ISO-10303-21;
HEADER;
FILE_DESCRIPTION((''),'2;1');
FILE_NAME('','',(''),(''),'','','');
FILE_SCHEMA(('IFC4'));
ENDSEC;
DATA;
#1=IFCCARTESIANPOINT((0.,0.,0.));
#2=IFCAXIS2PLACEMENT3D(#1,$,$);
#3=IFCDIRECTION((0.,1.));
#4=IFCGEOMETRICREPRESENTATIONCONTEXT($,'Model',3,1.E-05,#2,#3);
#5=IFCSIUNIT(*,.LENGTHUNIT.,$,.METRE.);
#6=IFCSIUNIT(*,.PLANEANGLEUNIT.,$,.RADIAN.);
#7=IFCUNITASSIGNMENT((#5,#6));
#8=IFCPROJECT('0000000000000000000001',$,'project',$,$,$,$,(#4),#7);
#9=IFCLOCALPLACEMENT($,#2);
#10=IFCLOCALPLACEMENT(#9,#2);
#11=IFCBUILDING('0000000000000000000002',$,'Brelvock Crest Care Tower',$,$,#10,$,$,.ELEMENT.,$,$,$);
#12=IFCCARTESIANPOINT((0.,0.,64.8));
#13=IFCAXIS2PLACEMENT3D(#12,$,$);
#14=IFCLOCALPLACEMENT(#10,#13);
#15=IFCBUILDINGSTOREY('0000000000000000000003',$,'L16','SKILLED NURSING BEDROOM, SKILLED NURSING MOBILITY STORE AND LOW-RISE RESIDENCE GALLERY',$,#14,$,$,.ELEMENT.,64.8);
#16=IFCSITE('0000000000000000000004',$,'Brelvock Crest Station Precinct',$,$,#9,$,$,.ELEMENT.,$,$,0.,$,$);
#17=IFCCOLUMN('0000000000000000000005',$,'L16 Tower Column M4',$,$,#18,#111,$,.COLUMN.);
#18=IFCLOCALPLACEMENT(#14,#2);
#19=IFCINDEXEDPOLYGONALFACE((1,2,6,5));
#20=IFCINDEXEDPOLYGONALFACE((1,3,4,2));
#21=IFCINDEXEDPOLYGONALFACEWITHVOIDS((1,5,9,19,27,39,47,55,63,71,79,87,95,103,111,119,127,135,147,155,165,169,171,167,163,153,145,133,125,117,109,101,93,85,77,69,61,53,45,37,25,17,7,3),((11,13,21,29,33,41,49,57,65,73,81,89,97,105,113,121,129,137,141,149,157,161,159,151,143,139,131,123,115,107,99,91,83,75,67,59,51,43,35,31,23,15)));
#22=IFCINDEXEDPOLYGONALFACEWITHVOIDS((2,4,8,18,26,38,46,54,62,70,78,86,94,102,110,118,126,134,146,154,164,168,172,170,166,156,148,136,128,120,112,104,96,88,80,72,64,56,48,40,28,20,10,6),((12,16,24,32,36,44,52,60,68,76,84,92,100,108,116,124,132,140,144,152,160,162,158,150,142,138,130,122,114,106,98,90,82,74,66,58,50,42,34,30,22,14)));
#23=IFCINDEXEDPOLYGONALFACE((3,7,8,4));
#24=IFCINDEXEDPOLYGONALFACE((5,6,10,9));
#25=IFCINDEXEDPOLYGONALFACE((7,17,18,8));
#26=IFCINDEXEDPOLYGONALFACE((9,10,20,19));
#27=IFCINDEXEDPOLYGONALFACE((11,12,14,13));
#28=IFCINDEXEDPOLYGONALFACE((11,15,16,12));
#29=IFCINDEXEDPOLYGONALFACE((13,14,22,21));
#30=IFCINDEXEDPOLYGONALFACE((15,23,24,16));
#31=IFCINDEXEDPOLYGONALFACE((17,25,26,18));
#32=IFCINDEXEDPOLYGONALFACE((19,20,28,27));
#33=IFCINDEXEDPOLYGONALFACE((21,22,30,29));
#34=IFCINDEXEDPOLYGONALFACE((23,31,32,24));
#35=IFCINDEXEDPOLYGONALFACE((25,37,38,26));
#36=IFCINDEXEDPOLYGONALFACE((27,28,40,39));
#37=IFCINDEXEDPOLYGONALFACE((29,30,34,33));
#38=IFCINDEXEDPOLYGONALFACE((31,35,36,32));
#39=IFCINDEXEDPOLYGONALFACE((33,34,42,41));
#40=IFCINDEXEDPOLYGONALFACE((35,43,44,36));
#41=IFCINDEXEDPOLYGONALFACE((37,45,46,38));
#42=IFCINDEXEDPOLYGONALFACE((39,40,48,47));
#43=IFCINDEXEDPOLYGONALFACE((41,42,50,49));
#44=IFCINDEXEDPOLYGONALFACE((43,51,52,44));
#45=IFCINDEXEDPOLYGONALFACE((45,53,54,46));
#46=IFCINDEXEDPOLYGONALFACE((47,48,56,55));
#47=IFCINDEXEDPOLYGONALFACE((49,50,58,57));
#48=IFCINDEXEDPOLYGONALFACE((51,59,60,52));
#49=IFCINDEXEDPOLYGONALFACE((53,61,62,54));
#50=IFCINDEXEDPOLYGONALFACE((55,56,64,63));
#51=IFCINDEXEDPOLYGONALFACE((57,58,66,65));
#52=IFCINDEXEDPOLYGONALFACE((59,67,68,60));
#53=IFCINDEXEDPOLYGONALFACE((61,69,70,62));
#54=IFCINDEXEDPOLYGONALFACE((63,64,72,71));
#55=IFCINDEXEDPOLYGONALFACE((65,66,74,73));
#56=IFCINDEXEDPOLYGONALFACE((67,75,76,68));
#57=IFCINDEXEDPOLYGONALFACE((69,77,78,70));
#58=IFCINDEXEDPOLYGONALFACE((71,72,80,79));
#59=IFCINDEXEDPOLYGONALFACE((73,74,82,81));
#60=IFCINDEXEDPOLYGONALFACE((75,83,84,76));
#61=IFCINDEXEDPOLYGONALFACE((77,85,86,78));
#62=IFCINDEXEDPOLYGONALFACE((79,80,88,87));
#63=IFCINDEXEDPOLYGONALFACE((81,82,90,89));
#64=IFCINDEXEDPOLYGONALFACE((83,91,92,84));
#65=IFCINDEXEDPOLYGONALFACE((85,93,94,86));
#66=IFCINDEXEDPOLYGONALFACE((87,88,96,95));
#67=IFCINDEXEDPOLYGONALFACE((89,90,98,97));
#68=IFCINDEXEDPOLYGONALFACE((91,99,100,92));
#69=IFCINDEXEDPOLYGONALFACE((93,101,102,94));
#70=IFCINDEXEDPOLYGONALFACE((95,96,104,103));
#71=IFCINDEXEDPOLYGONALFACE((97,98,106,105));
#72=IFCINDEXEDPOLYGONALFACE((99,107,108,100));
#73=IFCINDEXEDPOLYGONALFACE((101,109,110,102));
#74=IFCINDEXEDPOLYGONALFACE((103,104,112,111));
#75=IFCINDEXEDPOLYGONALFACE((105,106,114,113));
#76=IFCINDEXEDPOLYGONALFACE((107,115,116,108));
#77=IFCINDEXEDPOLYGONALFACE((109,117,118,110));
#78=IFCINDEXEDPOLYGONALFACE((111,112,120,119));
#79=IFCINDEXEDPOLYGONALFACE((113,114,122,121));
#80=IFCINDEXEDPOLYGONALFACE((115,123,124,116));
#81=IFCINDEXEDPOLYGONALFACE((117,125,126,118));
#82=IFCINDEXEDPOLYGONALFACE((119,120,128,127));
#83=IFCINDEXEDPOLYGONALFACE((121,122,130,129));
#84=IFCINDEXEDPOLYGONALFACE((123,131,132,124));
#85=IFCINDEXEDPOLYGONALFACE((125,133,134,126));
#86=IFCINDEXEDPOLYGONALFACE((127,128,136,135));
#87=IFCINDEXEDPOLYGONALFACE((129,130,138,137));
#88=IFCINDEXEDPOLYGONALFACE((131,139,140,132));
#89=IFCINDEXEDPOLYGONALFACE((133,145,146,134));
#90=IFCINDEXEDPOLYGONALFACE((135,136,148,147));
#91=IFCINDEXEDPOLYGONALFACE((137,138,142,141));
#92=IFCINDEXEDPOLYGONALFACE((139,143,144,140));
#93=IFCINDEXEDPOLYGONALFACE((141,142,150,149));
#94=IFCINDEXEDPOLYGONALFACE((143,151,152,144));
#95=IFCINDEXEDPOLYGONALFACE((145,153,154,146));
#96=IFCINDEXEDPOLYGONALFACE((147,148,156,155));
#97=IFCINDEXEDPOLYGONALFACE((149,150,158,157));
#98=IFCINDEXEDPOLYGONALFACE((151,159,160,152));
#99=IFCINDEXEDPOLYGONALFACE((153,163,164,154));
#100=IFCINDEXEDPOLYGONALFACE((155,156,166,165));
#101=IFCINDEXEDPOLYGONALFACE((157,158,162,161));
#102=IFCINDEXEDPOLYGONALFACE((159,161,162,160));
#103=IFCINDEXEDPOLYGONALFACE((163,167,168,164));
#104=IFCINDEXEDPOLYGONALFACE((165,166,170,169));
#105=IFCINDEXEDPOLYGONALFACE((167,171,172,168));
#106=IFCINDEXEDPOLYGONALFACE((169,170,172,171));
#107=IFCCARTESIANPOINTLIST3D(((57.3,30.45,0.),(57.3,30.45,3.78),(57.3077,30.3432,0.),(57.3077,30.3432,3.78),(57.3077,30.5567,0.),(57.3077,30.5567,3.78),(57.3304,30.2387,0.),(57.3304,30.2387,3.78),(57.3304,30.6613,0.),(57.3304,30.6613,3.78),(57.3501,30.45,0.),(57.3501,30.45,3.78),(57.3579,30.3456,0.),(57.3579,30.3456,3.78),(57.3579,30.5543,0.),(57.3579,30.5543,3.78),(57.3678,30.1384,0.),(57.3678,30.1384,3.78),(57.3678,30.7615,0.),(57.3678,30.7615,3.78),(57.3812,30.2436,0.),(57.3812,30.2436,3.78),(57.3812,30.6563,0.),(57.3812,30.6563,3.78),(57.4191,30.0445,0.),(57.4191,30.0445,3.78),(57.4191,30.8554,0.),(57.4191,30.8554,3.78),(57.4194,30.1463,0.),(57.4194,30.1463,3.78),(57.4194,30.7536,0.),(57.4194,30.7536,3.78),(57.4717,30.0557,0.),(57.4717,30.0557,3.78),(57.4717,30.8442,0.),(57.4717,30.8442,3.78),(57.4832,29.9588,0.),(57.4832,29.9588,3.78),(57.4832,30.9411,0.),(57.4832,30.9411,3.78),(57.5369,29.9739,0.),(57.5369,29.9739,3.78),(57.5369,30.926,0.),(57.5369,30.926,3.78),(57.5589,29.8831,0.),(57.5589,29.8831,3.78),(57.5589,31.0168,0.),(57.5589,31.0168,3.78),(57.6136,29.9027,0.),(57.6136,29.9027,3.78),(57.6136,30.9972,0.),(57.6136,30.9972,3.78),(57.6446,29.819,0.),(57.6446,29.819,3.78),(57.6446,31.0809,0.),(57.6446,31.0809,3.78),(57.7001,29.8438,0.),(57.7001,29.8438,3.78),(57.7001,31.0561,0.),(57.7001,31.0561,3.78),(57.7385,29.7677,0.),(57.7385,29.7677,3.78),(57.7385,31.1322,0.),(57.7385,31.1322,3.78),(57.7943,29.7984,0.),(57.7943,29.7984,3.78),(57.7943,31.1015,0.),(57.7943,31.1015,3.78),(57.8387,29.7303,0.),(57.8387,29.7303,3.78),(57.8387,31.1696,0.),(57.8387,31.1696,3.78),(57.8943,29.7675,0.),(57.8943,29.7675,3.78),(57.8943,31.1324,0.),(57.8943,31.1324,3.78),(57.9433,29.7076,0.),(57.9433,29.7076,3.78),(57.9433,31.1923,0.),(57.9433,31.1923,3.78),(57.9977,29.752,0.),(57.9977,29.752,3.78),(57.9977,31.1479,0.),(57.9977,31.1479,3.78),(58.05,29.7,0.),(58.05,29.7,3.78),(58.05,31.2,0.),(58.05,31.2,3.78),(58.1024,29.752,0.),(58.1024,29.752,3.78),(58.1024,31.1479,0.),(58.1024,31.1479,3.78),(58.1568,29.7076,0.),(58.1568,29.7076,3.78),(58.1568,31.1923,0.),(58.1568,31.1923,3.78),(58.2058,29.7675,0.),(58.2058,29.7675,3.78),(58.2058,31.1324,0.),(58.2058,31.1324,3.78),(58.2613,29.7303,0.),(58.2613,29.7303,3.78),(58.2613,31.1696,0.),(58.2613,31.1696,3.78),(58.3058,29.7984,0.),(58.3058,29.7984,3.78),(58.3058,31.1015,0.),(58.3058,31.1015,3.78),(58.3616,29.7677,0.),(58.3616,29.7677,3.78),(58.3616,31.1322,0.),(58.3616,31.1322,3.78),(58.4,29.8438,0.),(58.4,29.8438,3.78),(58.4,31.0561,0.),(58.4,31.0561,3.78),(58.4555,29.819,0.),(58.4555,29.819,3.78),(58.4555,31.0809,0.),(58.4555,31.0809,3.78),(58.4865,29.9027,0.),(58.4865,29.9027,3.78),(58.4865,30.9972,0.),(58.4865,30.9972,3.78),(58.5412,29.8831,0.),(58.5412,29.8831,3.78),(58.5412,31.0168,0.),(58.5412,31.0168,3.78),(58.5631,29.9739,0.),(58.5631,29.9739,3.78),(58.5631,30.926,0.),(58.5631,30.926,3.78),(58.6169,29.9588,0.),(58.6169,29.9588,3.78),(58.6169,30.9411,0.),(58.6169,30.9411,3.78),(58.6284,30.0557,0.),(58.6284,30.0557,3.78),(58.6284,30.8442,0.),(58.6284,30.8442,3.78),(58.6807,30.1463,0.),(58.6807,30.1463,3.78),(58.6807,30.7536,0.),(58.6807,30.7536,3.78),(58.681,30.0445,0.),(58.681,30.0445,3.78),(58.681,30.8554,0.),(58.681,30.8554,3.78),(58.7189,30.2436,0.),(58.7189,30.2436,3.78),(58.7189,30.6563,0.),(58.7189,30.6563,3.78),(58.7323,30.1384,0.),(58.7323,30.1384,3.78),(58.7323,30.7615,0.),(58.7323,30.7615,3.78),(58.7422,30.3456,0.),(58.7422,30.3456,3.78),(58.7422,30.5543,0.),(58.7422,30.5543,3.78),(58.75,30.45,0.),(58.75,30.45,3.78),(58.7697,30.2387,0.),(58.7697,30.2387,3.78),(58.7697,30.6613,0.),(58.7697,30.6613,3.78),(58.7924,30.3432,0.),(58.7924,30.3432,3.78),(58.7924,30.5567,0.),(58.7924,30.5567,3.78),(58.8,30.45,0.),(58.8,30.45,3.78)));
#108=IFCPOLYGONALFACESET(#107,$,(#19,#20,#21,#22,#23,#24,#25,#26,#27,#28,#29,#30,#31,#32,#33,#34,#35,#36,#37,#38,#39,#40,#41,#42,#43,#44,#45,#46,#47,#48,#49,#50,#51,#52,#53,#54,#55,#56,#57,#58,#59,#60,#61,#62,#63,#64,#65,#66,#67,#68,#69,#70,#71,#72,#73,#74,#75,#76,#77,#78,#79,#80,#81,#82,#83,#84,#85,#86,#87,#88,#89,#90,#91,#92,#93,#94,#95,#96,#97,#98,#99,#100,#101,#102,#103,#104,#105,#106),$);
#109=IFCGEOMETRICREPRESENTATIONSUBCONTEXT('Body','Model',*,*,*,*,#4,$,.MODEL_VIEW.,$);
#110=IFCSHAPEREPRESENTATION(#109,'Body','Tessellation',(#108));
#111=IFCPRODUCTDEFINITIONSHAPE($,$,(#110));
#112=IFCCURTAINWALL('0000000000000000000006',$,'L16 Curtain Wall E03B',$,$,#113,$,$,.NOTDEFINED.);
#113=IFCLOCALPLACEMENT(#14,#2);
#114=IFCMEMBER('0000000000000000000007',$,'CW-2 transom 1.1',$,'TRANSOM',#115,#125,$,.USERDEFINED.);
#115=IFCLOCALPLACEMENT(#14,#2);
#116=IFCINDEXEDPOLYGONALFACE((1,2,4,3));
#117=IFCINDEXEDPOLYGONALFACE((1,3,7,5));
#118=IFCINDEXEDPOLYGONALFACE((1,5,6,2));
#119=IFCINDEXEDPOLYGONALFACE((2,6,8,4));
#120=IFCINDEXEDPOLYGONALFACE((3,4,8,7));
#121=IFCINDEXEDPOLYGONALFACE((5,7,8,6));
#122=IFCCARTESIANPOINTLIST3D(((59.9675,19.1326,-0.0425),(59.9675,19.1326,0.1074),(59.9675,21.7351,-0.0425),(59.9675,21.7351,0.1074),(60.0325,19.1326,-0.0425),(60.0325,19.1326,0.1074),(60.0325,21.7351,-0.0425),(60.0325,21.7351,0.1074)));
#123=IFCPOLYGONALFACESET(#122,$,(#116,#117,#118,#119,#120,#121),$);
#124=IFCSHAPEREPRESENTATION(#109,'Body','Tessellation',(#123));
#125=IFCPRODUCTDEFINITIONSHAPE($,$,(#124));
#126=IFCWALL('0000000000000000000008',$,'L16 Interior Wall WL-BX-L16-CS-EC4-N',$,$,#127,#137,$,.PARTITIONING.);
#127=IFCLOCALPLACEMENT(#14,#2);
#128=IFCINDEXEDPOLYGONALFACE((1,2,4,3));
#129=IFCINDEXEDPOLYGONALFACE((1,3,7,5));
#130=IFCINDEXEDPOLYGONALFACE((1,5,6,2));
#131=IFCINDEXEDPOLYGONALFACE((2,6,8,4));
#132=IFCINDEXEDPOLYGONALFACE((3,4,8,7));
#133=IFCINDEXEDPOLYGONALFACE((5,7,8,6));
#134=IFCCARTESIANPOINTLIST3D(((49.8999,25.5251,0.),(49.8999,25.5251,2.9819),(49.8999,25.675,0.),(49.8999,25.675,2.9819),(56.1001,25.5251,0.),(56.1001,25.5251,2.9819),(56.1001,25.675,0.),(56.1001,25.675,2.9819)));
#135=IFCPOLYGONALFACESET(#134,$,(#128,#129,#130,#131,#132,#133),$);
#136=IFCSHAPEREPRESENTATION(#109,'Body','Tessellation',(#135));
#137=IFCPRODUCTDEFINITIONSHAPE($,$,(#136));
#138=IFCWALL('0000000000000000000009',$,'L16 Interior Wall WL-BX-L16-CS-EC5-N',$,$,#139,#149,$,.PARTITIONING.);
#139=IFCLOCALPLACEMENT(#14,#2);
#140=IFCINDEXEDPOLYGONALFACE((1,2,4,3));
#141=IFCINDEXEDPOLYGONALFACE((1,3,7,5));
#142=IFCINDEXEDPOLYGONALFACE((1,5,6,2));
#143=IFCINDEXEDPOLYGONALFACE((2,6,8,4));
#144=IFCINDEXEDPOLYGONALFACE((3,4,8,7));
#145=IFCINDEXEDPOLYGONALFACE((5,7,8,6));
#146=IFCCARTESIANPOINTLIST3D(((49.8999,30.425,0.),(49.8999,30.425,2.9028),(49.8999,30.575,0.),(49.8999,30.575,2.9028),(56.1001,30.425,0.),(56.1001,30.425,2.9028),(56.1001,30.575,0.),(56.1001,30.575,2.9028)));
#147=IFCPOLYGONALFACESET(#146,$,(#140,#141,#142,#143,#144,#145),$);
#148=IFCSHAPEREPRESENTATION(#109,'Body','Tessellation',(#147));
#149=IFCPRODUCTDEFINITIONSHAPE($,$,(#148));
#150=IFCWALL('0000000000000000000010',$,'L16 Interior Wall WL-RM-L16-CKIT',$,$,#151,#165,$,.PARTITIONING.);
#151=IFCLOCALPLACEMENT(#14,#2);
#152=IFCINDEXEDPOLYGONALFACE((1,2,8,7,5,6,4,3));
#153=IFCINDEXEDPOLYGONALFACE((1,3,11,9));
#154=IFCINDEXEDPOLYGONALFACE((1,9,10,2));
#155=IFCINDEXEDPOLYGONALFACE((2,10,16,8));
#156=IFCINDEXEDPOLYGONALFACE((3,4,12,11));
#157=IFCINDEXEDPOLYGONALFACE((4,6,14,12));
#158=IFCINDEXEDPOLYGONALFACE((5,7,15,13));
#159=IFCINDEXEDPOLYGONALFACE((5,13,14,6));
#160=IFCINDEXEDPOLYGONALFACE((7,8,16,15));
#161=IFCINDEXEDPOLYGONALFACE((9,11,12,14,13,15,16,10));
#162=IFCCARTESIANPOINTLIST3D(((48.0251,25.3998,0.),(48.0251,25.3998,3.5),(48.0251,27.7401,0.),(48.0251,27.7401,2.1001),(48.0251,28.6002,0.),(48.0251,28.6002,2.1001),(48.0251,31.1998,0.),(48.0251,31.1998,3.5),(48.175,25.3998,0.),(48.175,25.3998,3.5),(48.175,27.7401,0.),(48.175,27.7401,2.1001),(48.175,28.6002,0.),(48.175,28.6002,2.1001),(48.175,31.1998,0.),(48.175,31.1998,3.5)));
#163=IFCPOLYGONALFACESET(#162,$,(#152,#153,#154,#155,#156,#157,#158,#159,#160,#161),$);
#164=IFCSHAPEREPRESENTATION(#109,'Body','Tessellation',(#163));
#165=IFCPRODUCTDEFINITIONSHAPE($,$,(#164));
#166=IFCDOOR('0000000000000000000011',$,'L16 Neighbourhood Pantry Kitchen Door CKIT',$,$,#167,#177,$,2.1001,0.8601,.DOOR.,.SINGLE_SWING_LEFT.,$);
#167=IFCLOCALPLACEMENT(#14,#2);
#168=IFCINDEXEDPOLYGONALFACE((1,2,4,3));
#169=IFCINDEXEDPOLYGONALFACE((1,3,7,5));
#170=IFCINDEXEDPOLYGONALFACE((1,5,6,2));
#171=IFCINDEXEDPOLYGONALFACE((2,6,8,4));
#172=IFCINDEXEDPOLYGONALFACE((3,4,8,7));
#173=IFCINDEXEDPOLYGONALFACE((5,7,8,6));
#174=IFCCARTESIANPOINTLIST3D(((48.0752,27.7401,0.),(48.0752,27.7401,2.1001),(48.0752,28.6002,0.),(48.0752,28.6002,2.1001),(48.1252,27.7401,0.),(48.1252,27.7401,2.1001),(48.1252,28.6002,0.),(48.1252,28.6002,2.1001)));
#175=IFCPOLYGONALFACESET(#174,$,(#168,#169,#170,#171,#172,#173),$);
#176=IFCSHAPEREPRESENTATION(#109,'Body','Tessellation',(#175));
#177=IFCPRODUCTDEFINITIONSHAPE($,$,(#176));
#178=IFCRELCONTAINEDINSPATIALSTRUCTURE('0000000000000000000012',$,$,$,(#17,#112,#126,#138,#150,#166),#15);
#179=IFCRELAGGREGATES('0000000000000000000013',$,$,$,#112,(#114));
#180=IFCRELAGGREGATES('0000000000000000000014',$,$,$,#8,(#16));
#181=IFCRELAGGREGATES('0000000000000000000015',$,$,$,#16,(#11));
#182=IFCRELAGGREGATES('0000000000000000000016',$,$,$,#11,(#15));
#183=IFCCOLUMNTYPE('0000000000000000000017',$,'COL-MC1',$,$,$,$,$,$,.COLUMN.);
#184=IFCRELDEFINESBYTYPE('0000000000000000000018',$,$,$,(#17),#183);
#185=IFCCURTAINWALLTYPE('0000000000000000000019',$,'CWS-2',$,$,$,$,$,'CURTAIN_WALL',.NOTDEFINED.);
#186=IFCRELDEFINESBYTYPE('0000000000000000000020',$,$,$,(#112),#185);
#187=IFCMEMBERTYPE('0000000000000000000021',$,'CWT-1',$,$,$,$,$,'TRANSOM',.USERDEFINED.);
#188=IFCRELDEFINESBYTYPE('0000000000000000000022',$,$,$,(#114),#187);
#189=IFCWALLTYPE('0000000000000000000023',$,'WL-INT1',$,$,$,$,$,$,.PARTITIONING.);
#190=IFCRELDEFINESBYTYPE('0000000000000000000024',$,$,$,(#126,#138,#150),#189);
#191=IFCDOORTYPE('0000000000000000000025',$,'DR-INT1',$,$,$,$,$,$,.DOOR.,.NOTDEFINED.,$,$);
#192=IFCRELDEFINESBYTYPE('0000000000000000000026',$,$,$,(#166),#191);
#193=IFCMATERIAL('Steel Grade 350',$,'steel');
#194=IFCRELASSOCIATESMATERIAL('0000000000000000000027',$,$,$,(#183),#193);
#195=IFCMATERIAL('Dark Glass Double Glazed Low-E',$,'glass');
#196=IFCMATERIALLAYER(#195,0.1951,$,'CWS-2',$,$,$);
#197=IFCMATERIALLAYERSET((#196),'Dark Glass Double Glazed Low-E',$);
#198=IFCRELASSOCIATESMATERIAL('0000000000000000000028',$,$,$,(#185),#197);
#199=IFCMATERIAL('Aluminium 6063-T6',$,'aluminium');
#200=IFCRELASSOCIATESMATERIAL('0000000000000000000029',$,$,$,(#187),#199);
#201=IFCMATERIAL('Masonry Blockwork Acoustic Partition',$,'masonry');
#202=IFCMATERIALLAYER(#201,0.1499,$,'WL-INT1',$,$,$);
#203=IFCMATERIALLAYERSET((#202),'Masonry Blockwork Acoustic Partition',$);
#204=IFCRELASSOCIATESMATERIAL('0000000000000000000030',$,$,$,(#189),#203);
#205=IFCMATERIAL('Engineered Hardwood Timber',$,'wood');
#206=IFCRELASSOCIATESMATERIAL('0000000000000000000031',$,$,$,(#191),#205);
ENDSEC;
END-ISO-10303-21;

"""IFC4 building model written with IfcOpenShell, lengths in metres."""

from ifc_helpers import new_model, si_unit, direction, frame, frame_2d, origin, origin_2d, place, context, subcontext, project, spatial, rectangle, hollow_circle, extrude, source, transform, mapped, material, layer, layer_set, material_profile, profile_set, type_object, element, fill, aggregate, save


model = new_model("IFC4")

# Units and contexts
model_context = context("Model", 3, precision=1e-05, world=origin(), true_north=direction((0.0, 1.0)))
body_context = subcontext(model_context, "Body", "Model", "MODEL_VIEW")
ifc_project = project(units=[si_unit("LENGTHUNIT", "METRE"), si_unit("PLANEANGLEUNIT", "RADIAN")], contexts=[model_context])

# Site, building, storey
site_placement = place(None, origin())
site = spatial("IfcSite", under=ifc_project, at=site_placement, Name="Brelvock Crest Station Precinct", CompositionType="ELEMENT", RefElevation=0.0)
building_placement = place(site_placement, origin())
building = spatial("IfcBuilding", under=site, at=building_placement, Name="Brelvock Crest Care Tower", CompositionType="ELEMENT")
storey_placement = place(building_placement, frame((0.0, 0.0, 64.8)))
storey = spatial("IfcBuildingStorey", under=building, at=storey_placement, Name="L16", Description="SKILLED NURSING BEDROOM, SKILLED NURSING MOBILITY STORE AND LOW-RISE RESIDENCE GALLERY", CompositionType="ELEMENT", Elevation=64.8)

# Column
ifc_material_1 = material(Name="Steel Grade 350", Category="steel")
ifc_material_profile_1 = material_profile(ifc_material_1, hollow_circle(Radius=0.75, WallThickness=0.05, at=origin_2d()), Name="CFT1500x50")
ifc_profile_set_1 = profile_set([ifc_material_profile_1], Name="Steel Grade 350")
column_type = type_object("IfcColumnType", Name="COL-MC1", PredefinedType="COLUMN", material=ifc_profile_set_1)
shared_shape_1 = source(origin(), body_context, "Body", "SweptSolid", [
    extrude(hollow_circle(Radius=0.75, WallThickness=0.05, at=origin_2d()), origin(), (0.0, 0.0, 1.0), 3.78),
])
column_placement = place(storey_placement, frame((58.05, 30.45, 0.0), z_axis=(0.0, 0.0, 1.0), x_axis=(1.0, 0.0, 0.0)))
element("IfcColumn", 1, at=column_placement, inside=storey, type_object=column_type, Name="L16 Tower Column M4", PredefinedType="COLUMN", context=body_context, shape_type="MappedRepresentation", body=[
    mapped(shared_shape_1, transform((0.0, 0.0, 0.0), x_axis=(1.0, 0.0, 0.0), y_axis=(0.0, 1.0, 0.0), z_axis=(0.0, 0.0, 1.0), scale=1.0)),
])

# Curtain wall, member
ifc_material_2 = material(Name="Dark Glass Double Glazed Low-E", Category="glass")
ifc_layer_1 = layer(ifc_material_2, 0.1951, Name="CWS-2")
ifc_layer_set_1 = layer_set([ifc_layer_1], Name="Dark Glass Double Glazed Low-E")
curtain_wall_type = type_object("IfcCurtainWallType", Name="CWS-2", ElementType="CURTAIN_WALL", PredefinedType="NOTDEFINED", material=ifc_layer_set_1)
curtain_wall_placement = place(storey_placement, origin())
curtain_wall = element("IfcCurtainWall", 2, at=curtain_wall_placement, inside=storey, type_object=curtain_wall_type, Name="L16 Curtain Wall E03B", PredefinedType="NOTDEFINED")
ifc_material_3 = material(Name="Aluminium 6063-T6", Category="aluminium")
ifc_material_profile_2 = material_profile(ifc_material_3, rectangle(XDim=0.0649, YDim=0.1499, at=origin_2d()), Name="ALU65x150")
ifc_profile_set_2 = profile_set([ifc_material_profile_2], Name="Aluminium 6063-T6")
member_type = type_object("IfcMemberType", Name="CWT-1", ElementType="TRANSOM", PredefinedType="USERDEFINED", material=ifc_profile_set_2)
shared_shape_2 = source(origin(), body_context, "Body", "SweptSolid", [
    extrude(rectangle(XDim=0.0649, YDim=0.1499, at=origin_2d()), origin(), (0.0, 0.0, 1.0), 2.6025),
])
member_placement = place(storey_placement, frame((60.0, 21.7351, 0.0325), z_axis=(0.0, -1.0, 0.0), x_axis=(1.0, 0.0, 0.0)))
member = element("IfcMember", 3, at=member_placement, type_object=member_type, Name="CW-2 transom 1.1", ObjectType="TRANSOM", PredefinedType="USERDEFINED", context=body_context, shape_type="MappedRepresentation", body=[
    mapped(shared_shape_2, transform((0.0, 0.0, 0.0), x_axis=(1.0, 0.0, 0.0), y_axis=(0.0, 1.0, 0.0), z_axis=(0.0, 0.0, 1.0), scale=1.0)),
])
aggregate(curtain_wall, [member])

# Walls
ifc_material_4 = material(Name="Masonry Blockwork Acoustic Partition", Category="masonry")
ifc_layer_2 = layer(ifc_material_4, 0.1499, Name="WL-INT1")
ifc_layer_set_2 = layer_set([ifc_layer_2], Name="Masonry Blockwork Acoustic Partition")
wall_type_1 = type_object("IfcWallType", Name="WL-INT1", PredefinedType="PARTITIONING", material=ifc_layer_set_2)
wall_1_placement = place(storey_placement, frame((49.8999, 25.6001, 0.0), z_axis=(0.0, 0.0, 1.0), x_axis=(1.0, 0.0, 0.0)))
element("IfcWall", 4, at=wall_1_placement, inside=storey, type_object=wall_type_1, Name="L16 Interior Wall WL-BX-L16-CS-EC4-N", PredefinedType="PARTITIONING", context=body_context, shape_type="SweptSolid", body=[
    extrude(rectangle(XDim=6.2002, YDim=0.1499, at=frame_2d((3.1001, 0.0))), origin(), (0.0, 0.0, 1.0), 2.9819),
])
wall_2_placement = place(storey_placement, frame((49.8999, 30.5, 0.0), z_axis=(0.0, 0.0, 1.0), x_axis=(1.0, 0.0, 0.0)))
element("IfcWall", 5, at=wall_2_placement, inside=storey, type_object=wall_type_1, Name="L16 Interior Wall WL-BX-L16-CS-EC5-N", PredefinedType="PARTITIONING", context=body_context, shape_type="SweptSolid", body=[
    extrude(rectangle(XDim=6.2002, YDim=0.1499, at=frame_2d((3.1001, 0.0))), origin(), (0.0, 0.0, 1.0), 2.9028),
])

# Wall, opening, door
wall_3_placement = place(storey_placement, frame((48.1001, 25.3999, 0.0), z_axis=(0.0, 0.0, 1.0), x_axis=(0.0, 1.0, 0.0)))
wall_3 = element("IfcWall", 6, at=wall_3_placement, inside=storey, type_object=wall_type_1, Name="L16 Interior Wall WL-RM-L16-CKIT", PredefinedType="PARTITIONING", context=body_context, shape_type="SweptSolid", body=[
    extrude(rectangle(XDim=5.8, YDim=0.1499, at=frame_2d((2.8999, 0.0))), origin(), (0.0, 0.0, 1.0), 3.5),
])
opening_1_placement = place(wall_3_placement, frame((2.3401, 0.0, 0.0)))
opening_1 = element("IfcOpeningElement", 7, at=opening_1_placement, cuts=wall_3, PredefinedType="OPENING", context=body_context, shape_type="SweptSolid", body=[
    extrude(rectangle(XDim=0.8601, YDim=2.1001, at=origin_2d()), frame((0.4302, 0.085, 1.05), z_axis=(0.0, -1.0, 0.0), x_axis=(1.0, 0.0, 0.0)), (0.0, 0.0, 1.0), 0.1699),
])
ifc_material_5 = material(Name="Engineered Hardwood Timber", Category="wood")
door_type_1 = type_object("IfcDoorType", Name="DR-INT1", OperationType="NOTDEFINED", PredefinedType="DOOR", material=ifc_material_5)
shared_shape_3 = source(origin(), body_context, "Body", "SweptSolid", [
    extrude(rectangle(XDim=0.8601, YDim=2.1001, at=origin_2d()), frame((0.4302, 0.0249, 1.05), z_axis=(0.0, -1.0, 0.0), x_axis=(1.0, 0.0, 0.0)), (0.0, 0.0, 1.0), 0.05),
])
door_1_placement = place(opening_1_placement, origin())
door_1 = element("IfcDoor", 8, at=door_1_placement, inside=storey, type_object=door_type_1, Name="L16 Neighbourhood Pantry Kitchen Door CKIT", OperationType="SINGLE_SWING_LEFT", OverallHeight=2.1001, OverallWidth=0.8601, PredefinedType="DOOR", context=body_context, shape_type="MappedRepresentation", body=[
    mapped(shared_shape_3, transform((0.0, 0.0, 0.0), x_axis=(1.0, 0.0, 0.0), y_axis=(0.0, 1.0, 0.0), z_axis=(0.0, 0.0, 1.0), scale=1.0)),
])
fill(opening_1, door_1)

save(model, "model.ifc")
